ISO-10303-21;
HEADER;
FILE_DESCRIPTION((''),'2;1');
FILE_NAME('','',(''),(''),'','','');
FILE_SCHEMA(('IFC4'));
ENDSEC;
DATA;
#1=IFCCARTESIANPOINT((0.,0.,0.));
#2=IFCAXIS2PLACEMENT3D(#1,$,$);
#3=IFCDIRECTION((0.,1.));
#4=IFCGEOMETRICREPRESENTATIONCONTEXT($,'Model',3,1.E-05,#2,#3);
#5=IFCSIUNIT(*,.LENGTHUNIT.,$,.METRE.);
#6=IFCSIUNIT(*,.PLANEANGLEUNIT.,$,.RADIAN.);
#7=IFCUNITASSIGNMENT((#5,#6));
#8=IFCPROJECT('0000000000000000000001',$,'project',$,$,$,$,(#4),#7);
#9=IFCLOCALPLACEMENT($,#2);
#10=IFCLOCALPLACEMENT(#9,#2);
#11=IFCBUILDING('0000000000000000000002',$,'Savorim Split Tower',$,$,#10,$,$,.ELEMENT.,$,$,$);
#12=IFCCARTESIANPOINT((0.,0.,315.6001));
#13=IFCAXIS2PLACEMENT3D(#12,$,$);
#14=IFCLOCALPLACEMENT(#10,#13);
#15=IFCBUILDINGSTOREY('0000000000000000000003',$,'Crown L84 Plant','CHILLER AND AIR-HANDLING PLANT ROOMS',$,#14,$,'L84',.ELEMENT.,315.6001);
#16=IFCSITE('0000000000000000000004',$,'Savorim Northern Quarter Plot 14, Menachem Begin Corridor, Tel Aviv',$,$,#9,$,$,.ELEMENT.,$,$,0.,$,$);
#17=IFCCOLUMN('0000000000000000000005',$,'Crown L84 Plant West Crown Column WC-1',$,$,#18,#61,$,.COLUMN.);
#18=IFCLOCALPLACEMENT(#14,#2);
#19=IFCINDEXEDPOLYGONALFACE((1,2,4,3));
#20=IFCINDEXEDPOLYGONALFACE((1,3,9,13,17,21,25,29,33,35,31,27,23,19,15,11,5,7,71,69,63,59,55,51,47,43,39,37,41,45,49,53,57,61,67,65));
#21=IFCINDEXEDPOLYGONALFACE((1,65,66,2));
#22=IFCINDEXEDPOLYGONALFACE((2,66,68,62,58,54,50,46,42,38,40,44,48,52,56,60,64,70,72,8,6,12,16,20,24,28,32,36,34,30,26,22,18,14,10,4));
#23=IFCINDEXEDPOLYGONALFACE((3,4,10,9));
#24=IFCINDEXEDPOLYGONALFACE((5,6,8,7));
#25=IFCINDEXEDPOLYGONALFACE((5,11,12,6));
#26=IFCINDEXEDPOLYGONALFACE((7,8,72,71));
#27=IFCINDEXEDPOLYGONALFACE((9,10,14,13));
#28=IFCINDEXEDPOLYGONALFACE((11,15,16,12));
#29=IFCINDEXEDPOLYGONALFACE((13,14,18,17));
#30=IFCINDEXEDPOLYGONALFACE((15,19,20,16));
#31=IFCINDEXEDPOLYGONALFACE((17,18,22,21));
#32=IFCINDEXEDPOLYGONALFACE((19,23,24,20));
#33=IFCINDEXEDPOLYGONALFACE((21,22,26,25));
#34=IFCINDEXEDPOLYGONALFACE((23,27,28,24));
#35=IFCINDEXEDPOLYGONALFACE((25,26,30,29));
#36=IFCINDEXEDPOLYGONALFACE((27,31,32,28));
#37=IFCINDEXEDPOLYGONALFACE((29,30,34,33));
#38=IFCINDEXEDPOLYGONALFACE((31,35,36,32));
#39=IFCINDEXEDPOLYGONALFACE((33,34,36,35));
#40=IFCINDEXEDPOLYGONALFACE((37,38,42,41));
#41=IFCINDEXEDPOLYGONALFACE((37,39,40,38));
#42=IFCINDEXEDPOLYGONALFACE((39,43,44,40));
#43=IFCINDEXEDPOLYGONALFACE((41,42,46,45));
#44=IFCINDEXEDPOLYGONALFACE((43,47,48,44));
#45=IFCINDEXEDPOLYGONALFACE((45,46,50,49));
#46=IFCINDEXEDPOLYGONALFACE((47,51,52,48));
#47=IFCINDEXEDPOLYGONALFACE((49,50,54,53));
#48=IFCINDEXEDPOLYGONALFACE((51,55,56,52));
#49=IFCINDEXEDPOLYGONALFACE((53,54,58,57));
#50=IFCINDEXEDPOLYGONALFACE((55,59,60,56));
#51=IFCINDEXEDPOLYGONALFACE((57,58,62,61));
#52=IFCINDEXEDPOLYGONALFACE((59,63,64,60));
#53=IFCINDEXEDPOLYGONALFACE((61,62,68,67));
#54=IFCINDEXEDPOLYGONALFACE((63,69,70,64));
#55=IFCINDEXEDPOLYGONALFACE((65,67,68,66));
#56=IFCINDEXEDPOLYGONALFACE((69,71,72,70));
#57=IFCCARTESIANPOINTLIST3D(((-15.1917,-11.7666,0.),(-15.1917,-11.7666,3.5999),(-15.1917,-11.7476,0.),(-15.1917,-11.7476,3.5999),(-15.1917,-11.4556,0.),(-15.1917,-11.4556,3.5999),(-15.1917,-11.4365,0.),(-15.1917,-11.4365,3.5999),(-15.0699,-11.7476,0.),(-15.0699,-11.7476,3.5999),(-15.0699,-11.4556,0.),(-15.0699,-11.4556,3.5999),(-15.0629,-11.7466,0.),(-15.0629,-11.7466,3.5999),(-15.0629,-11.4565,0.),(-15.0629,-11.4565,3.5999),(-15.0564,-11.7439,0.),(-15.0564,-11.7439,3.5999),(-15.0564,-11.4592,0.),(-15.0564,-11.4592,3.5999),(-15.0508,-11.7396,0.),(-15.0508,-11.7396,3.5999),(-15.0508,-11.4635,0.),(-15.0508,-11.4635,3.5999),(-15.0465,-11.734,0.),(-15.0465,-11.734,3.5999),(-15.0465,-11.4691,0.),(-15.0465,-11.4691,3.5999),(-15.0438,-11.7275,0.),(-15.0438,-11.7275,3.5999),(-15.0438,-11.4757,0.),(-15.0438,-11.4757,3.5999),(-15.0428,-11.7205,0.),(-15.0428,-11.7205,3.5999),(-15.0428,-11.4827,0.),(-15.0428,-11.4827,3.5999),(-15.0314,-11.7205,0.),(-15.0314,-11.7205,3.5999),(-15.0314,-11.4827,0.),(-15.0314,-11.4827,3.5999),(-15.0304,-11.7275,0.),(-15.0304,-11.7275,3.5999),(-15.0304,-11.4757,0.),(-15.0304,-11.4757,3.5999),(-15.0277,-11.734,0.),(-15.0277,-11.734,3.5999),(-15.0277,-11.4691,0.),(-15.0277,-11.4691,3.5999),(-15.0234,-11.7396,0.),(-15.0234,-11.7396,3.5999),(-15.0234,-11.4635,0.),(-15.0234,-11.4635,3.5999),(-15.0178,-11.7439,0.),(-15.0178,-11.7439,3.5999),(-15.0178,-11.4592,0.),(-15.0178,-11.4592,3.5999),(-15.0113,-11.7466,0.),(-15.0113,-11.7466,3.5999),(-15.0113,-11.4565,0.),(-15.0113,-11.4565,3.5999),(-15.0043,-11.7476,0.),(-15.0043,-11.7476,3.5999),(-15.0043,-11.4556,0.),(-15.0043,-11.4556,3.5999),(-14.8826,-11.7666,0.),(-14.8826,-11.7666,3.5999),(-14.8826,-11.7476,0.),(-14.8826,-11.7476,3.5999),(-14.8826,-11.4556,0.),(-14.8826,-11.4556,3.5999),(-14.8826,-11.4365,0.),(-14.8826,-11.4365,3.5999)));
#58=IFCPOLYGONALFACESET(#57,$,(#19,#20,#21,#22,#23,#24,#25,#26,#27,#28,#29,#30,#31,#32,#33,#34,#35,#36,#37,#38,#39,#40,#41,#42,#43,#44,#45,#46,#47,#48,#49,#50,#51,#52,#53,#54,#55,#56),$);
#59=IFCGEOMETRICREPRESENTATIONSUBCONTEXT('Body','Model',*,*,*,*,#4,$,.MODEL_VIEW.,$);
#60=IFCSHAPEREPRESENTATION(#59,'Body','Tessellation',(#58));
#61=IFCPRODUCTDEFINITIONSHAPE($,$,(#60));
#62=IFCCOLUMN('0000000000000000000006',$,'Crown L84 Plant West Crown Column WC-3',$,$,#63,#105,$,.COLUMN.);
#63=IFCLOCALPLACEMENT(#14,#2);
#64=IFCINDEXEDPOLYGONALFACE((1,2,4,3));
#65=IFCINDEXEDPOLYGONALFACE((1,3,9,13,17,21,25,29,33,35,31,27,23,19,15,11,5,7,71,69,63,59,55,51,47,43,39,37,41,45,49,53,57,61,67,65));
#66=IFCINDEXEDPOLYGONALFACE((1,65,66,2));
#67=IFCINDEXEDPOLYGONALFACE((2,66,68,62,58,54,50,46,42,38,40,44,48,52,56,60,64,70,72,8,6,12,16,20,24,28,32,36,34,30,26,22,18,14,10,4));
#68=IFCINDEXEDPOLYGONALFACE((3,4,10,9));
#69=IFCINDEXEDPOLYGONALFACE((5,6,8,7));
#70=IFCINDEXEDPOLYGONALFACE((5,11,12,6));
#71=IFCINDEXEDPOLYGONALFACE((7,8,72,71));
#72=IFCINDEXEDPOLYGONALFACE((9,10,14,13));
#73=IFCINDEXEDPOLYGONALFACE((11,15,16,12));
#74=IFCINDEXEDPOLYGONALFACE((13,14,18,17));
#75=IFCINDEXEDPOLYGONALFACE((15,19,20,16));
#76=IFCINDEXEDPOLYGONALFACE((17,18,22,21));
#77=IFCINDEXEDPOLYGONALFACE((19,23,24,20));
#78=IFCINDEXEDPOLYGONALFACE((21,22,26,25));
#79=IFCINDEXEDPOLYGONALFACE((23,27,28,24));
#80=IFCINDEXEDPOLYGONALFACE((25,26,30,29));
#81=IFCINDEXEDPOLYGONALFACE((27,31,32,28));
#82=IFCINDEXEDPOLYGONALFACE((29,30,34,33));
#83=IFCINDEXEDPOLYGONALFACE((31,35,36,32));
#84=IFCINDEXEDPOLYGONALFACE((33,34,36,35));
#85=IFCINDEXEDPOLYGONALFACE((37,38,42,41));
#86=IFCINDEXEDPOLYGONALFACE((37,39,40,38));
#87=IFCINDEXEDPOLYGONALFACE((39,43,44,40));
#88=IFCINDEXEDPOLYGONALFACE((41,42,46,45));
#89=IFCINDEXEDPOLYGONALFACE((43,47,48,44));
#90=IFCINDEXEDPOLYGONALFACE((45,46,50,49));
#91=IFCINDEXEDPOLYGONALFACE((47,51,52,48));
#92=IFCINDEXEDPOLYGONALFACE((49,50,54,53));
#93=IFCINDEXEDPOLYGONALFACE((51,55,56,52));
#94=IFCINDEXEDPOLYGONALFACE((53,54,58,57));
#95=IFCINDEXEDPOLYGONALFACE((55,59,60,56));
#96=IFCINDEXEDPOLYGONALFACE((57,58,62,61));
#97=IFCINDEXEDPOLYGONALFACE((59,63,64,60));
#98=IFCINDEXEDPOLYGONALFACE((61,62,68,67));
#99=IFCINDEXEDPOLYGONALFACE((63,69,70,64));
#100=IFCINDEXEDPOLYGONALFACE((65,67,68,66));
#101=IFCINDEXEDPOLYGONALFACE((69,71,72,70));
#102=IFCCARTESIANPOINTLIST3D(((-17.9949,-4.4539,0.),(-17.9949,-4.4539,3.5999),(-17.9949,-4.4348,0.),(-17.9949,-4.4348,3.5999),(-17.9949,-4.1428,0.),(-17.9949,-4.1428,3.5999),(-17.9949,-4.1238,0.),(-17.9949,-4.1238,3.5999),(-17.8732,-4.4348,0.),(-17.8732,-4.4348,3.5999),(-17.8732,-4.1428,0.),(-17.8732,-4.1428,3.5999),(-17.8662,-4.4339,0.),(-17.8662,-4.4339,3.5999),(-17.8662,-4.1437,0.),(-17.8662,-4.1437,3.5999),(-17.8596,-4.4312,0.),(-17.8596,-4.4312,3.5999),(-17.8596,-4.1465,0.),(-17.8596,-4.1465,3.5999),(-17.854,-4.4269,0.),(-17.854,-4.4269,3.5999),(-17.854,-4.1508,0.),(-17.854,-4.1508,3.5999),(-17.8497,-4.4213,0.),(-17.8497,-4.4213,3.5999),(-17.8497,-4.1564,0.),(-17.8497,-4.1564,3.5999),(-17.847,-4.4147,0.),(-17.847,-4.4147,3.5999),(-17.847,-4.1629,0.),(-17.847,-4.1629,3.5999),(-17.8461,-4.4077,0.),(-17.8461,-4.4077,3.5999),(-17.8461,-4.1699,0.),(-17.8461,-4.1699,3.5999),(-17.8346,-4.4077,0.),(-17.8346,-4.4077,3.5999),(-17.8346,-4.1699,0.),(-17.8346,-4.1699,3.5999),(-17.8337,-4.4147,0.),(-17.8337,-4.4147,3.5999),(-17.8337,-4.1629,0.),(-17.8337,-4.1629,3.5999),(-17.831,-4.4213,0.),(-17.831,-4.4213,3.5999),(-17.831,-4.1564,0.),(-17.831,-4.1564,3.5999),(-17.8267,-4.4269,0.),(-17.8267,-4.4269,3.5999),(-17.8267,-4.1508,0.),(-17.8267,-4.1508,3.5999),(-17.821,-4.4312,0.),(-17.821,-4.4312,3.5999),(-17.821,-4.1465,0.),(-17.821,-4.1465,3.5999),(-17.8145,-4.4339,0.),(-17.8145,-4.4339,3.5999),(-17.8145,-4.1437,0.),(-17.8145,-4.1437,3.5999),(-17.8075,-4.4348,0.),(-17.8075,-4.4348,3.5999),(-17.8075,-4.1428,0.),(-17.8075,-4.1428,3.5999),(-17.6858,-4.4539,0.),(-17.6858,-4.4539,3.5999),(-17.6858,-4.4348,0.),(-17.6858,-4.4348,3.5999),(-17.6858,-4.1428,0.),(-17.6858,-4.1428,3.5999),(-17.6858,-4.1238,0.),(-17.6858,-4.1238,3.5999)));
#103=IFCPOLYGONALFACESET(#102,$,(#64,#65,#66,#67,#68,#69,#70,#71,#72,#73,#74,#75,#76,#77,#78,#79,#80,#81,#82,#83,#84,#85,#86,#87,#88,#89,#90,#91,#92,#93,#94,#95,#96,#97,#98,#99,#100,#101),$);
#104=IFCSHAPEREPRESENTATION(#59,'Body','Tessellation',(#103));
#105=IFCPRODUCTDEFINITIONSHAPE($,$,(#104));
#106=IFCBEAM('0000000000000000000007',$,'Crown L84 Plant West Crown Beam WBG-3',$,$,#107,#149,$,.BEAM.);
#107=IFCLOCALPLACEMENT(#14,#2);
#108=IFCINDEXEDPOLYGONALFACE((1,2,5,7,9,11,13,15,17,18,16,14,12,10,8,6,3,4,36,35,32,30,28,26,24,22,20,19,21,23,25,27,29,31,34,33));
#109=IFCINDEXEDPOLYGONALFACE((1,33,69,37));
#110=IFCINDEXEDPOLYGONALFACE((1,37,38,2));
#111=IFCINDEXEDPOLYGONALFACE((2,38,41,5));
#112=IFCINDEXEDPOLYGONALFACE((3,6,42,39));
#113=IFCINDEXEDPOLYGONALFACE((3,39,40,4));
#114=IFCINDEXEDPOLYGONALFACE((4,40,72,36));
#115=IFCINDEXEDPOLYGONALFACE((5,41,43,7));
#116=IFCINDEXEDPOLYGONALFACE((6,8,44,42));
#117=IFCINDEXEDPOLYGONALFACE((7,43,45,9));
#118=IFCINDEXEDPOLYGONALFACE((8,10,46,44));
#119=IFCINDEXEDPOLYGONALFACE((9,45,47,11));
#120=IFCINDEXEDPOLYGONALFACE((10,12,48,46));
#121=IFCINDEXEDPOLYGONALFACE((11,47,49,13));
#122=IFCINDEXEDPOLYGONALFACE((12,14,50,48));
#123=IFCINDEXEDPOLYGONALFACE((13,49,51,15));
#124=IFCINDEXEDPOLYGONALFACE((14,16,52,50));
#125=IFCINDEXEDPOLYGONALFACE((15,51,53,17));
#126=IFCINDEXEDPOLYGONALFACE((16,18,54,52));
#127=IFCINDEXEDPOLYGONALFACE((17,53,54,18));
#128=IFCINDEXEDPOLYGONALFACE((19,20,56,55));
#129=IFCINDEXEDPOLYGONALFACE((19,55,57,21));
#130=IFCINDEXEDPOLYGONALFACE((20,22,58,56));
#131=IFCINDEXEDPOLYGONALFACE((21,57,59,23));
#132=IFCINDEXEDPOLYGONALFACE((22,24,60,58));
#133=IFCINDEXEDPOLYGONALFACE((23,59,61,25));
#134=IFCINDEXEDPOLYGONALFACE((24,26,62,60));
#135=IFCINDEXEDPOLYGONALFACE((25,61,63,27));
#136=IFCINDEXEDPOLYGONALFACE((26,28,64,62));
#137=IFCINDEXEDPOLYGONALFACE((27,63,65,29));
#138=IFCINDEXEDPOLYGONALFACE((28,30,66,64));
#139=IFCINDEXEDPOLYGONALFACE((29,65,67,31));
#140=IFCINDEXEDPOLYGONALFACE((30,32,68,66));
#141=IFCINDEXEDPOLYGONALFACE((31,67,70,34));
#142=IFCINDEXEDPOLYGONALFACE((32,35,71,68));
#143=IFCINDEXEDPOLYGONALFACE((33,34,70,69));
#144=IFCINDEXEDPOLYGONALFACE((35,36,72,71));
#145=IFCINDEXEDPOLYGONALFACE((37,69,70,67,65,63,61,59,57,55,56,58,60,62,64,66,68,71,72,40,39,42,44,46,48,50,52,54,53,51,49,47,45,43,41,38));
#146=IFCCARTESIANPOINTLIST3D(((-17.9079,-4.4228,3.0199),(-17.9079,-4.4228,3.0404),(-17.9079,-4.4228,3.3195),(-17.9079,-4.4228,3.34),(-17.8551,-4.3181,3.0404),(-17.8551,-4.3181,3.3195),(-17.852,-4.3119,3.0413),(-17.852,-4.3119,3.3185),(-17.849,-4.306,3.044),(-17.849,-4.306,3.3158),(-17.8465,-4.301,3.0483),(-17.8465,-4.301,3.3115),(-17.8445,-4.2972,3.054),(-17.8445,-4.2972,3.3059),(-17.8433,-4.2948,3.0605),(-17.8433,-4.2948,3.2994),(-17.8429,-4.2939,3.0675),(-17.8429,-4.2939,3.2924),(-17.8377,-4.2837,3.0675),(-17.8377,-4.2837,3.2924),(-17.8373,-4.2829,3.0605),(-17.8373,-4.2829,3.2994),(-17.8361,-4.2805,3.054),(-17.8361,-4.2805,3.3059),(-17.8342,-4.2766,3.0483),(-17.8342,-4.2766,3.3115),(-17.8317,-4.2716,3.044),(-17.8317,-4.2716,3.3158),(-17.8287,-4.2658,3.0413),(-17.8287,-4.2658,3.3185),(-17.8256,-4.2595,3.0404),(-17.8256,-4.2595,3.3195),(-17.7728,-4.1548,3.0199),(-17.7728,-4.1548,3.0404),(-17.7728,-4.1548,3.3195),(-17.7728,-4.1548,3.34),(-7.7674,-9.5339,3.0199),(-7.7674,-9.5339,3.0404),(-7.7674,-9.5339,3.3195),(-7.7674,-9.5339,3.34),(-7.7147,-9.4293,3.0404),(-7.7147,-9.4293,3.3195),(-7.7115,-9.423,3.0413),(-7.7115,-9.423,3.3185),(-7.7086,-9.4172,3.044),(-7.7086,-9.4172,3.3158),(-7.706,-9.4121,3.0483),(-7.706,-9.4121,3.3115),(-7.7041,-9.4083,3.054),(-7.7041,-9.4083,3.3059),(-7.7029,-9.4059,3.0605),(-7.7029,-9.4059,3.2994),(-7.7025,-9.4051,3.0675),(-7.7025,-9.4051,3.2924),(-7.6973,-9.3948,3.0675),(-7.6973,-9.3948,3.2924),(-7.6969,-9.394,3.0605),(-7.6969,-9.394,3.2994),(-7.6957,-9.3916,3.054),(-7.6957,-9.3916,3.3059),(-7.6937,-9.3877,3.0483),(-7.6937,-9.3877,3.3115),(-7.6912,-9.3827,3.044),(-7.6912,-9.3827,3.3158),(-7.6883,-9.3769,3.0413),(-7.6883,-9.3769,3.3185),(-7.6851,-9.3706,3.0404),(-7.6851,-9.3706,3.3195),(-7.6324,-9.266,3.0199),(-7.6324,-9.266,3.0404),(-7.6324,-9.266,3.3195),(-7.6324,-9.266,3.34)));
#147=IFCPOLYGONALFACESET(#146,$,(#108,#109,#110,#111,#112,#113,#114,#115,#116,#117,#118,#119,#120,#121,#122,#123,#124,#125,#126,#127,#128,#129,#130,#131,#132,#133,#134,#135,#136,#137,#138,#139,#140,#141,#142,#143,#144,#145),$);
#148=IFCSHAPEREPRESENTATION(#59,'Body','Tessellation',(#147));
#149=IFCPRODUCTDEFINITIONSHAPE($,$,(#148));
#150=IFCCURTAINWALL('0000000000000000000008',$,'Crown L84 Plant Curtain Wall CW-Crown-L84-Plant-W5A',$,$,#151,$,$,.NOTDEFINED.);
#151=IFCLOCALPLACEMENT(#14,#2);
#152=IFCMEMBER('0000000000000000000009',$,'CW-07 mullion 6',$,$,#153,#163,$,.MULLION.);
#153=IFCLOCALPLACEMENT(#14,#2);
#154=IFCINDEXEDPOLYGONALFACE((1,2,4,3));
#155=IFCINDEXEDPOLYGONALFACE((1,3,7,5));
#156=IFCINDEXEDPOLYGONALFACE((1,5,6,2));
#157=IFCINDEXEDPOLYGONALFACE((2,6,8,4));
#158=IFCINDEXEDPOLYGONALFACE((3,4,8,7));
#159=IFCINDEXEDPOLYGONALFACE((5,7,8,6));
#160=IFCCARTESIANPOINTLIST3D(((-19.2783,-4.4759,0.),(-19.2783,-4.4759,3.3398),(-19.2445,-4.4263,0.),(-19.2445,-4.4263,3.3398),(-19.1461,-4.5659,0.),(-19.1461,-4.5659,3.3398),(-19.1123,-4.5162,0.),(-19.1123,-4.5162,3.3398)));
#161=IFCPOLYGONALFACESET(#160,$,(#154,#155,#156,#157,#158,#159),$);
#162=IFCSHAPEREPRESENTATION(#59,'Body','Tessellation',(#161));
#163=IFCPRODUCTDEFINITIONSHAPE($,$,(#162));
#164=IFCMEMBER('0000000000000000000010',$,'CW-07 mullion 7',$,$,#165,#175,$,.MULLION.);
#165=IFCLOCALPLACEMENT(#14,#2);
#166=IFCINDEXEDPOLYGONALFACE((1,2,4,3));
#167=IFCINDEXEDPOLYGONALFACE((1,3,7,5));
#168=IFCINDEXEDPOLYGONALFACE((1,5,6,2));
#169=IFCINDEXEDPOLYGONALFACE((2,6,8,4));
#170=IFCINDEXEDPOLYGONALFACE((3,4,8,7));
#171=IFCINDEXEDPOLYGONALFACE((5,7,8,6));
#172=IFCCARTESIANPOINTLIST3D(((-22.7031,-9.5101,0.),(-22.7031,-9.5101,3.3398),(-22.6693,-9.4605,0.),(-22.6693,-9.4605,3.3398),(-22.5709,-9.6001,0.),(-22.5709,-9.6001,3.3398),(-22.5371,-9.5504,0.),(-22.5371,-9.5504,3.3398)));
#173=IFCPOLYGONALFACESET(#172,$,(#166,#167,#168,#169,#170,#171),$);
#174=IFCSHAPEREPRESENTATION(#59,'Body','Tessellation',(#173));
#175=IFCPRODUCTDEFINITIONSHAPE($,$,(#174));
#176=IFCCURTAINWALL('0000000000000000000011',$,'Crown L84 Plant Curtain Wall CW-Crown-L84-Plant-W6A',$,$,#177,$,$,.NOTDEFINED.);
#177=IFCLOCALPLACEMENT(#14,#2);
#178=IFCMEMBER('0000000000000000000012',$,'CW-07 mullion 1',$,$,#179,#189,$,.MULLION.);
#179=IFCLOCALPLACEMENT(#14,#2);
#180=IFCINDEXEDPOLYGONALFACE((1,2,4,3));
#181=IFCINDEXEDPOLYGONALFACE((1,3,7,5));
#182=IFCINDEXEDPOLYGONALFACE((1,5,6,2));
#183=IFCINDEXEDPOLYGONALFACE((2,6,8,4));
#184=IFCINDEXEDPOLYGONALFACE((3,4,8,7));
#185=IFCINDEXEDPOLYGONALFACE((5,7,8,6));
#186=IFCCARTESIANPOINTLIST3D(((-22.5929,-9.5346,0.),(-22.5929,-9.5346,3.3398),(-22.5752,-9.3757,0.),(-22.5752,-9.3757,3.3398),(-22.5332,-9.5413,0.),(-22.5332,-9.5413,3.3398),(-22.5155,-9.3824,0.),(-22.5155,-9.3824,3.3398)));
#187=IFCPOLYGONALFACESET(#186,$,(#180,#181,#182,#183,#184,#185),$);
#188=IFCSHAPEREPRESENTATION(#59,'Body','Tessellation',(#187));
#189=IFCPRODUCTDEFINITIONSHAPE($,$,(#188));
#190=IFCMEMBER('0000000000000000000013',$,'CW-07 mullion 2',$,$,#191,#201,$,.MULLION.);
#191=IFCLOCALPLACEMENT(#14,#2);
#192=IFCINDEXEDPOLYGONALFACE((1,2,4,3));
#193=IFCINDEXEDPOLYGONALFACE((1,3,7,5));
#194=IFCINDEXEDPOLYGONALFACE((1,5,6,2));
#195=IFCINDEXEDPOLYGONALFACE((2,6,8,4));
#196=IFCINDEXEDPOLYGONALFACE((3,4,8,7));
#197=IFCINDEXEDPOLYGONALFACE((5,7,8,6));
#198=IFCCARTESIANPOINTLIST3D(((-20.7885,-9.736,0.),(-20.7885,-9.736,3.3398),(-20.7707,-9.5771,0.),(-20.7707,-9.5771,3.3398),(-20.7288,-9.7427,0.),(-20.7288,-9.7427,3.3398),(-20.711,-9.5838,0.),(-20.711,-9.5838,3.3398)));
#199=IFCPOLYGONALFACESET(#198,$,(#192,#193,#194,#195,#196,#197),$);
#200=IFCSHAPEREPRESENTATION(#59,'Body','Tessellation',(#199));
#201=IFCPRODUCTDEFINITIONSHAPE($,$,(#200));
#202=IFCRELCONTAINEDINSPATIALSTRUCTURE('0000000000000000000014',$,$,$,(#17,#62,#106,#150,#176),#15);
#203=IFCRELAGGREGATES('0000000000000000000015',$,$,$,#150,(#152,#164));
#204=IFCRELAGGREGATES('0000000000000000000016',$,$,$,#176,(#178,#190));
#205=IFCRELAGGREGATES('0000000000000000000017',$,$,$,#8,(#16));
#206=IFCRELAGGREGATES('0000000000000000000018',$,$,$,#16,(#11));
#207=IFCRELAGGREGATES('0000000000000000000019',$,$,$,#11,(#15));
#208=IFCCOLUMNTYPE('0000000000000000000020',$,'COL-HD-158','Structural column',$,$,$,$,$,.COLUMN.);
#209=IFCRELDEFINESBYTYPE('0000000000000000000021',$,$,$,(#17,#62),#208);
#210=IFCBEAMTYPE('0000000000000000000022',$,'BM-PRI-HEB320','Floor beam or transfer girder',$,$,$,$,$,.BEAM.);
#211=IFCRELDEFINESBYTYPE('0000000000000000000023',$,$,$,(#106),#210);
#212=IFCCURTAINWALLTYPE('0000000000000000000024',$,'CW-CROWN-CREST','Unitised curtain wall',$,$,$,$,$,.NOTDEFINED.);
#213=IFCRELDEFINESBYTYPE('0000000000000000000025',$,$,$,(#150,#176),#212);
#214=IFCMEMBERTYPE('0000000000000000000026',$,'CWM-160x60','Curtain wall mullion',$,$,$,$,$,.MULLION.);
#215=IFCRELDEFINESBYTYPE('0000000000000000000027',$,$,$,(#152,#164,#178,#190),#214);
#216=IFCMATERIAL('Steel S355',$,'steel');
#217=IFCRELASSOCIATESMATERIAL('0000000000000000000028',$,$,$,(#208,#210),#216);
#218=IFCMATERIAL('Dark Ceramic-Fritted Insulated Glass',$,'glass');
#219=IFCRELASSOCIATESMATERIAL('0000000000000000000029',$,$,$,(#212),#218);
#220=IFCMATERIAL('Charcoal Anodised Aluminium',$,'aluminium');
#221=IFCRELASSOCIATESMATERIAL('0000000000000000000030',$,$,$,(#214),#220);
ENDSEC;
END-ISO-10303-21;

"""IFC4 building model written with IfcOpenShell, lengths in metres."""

from ifc_helpers import new_model, si_unit, direction, frame, origin, origin_2d, place, context, subcontext, project, spatial, rectangle, i_section, extrude, material, material_profile, profile_set, type_object, element, aggregate, save


model = new_model("IFC4")

# Units and contexts
model_context = context("Model", 3, precision=1e-05, world=origin(), true_north=direction((0.0, 1.0)))
body_context = subcontext(model_context, "Body", "Model", "MODEL_VIEW")
ifc_project = project(units=[si_unit("LENGTHUNIT", "METRE"), si_unit("PLANEANGLEUNIT", "RADIAN")], contexts=[model_context])

# Site, building, storey
site_placement = place(None, origin())
site = spatial("IfcSite", under=ifc_project, at=site_placement, Name="Savorim Northern Quarter Plot 14, Menachem Begin Corridor, Tel Aviv", CompositionType="ELEMENT", RefElevation=0.0)
building_placement = place(site_placement, origin())
building = spatial("IfcBuilding", under=site, at=building_placement, Name="Savorim Split Tower", CompositionType="ELEMENT")
storey_placement = place(building_placement, frame((0.0, 0.0, 315.6001)))
storey = spatial("IfcBuildingStorey", under=building, at=storey_placement, Name="Crown L84 Plant", Description="CHILLER AND AIR-HANDLING PLANT ROOMS", LongName="L84", CompositionType="ELEMENT", Elevation=315.6001)

# Columns
ifc_material_1 = material(Name="Steel S355", Category="steel")
ifc_material_profile_1 = material_profile(ifc_material_1, i_section(OverallWidth=0.3091, OverallDepth=0.3301, WebThickness=0.0115, FlangeThickness=0.019, FilletRadius=0.0271, at=origin_2d()), Name="HD 320x158")
ifc_profile_set_1 = profile_set([ifc_material_profile_1], Name="Steel S355")
column_type = type_object("IfcColumnType", Name="COL-HD-158", Description="Structural column", PredefinedType="COLUMN", material=ifc_profile_set_1)
for number, where, z_axis, x_axis, name in (
    (1, (-15.0371, -11.6016, 0.0), (0.0, 0.0, 1.0), (1.0, 0.0, 0.0), "Crown L84 Plant West Crown Column WC-1"),
    (2, (-17.8403, -4.2888, 0.0), (0.0, 0.0, 1.0), (1.0, 0.0, 0.0), "Crown L84 Plant West Crown Column WC-3"),
):
    element("IfcColumn", number, at=place(storey_placement, frame(where, z_axis=z_axis, x_axis=x_axis)), inside=storey, type_object=column_type, Name=name, PredefinedType="COLUMN", context=body_context, shape_type="SweptSolid", body=[
        extrude(i_section(OverallWidth=0.3091, OverallDepth=0.3301, WebThickness=0.0115, FlangeThickness=0.019, FilletRadius=0.0271, at=origin_2d()), origin(), (0.0, 0.0, 1.0), 3.5999),
    ])

# Beam
ifc_material_profile_2 = material_profile(ifc_material_1, i_section(OverallWidth=0.3, OverallDepth=0.3201, WebThickness=0.0115, FlangeThickness=0.0205, FilletRadius=0.0271, at=origin_2d()), Name="HEB 320")
ifc_profile_set_2 = profile_set([ifc_material_profile_2], Name="Steel S355")
beam_type = type_object("IfcBeamType", Name="BM-PRI-HEB320", Description="Floor beam or transfer girder", PredefinedType="BEAM", material=ifc_profile_set_2)
beam_placement = place(storey_placement, frame((-17.8403, -4.2888, 3.1799), z_axis=(0.892982, -0.450092, 0.0), x_axis=(0.450092, 0.892982, 0.0)))
element("IfcBeam", 3, at=beam_placement, inside=storey, type_object=beam_type, Name="Crown L84 Plant West Crown Beam WBG-3", PredefinedType="BEAM", context=body_context, shape_type="SweptSolid", body=[
    extrude(i_section(OverallWidth=0.3, OverallDepth=0.3201, WebThickness=0.0115, FlangeThickness=0.0205, FilletRadius=0.0271, at=origin_2d()), origin(), (0.0, 0.0, 1.0), 11.3557),
])

# Curtain walls, members
ifc_material_2 = material(Name="Dark Ceramic-Fritted Insulated Glass", Category="glass")
curtain_wall_type = type_object("IfcCurtainWallType", Name="CW-CROWN-CREST", Description="Unitised curtain wall", PredefinedType="NOTDEFINED", material=ifc_material_2)
curtain_wall_1_placement = place(storey_placement, origin())
curtain_wall_1 = element("IfcCurtainWall", 4, at=curtain_wall_1_placement, inside=storey, type_object=curtain_wall_type, Name="Crown L84 Plant Curtain Wall CW-Crown-L84-Plant-W5A", PredefinedType="NOTDEFINED")
ifc_material_3 = material(Name="Charcoal Anodised Aluminium", Category="aluminium")
ifc_material_profile_3 = material_profile(ifc_material_3, rectangle(XDim=0.1599, YDim=0.0601, at=origin_2d()), Name="ALU-M 160x60")
ifc_profile_set_3 = profile_set([ifc_material_profile_3], Name="Charcoal Anodised Aluminium")
member_type_1 = type_object("IfcMemberType", Name="CWM-160x60", Description="Curtain wall mullion", PredefinedType="MULLION", material=ifc_profile_set_3)
member_1_placement = place(storey_placement, frame((-19.1953, -4.4961, 0.0), z_axis=(0.0, 0.0, 1.0), x_axis=(0.82682, -0.562467, 0.0)))
member_1 = element("IfcMember", 5, at=member_1_placement, type_object=member_type_1, Name="CW-07 mullion 6", PredefinedType="MULLION", context=body_context, shape_type="SweptSolid", body=[
    extrude(rectangle(XDim=0.1599, YDim=0.0601, at=origin_2d()), origin(), (0.0, 0.0, 1.0), 3.3398),
])
member_2_placement = place(storey_placement, frame((-22.6201, -9.5303, 0.0), z_axis=(0.0, 0.0, 1.0), x_axis=(0.82682, -0.562467, 0.0)))
member_2 = element("IfcMember", 6, at=member_2_placement, type_object=member_type_1, Name="CW-07 mullion 7", PredefinedType="MULLION", context=body_context, shape_type="SweptSolid", body=[
    extrude(rectangle(XDim=0.1599, YDim=0.0601, at=origin_2d()), origin(), (0.0, 0.0, 1.0), 3.3398),
])
curtain_wall_2_placement = place(storey_placement, origin())
curtain_wall_2 = element("IfcCurtainWall", 7, at=curtain_wall_2_placement, inside=storey, type_object=curtain_wall_type, Name="Crown L84 Plant Curtain Wall CW-Crown-L84-Plant-W6A", PredefinedType="NOTDEFINED")
member_3_placement = place(storey_placement, frame((-22.5542, -9.4585, 0.0), z_axis=(0.0, 0.0, 1.0), x_axis=(0.111011, 0.993819, 0.0)))
member_3 = element("IfcMember", 8, at=member_3_placement, type_object=member_type_1, Name="CW-07 mullion 1", PredefinedType="MULLION", context=body_context, shape_type="SweptSolid", body=[
    extrude(rectangle(XDim=0.1599, YDim=0.0601, at=origin_2d()), origin(), (0.0, 0.0, 1.0), 3.3398),
])
member_4_placement = place(storey_placement, frame((-20.7498, -9.6599, 0.0), z_axis=(0.0, 0.0, 1.0), x_axis=(0.111011, 0.993819, 0.0)))
member_4 = element("IfcMember", 9, at=member_4_placement, type_object=member_type_1, Name="CW-07 mullion 2", PredefinedType="MULLION", context=body_context, shape_type="SweptSolid", body=[
    extrude(rectangle(XDim=0.1599, YDim=0.0601, at=origin_2d()), origin(), (0.0, 0.0, 1.0), 3.3398),
])

aggregate(curtain_wall_1, [member_1, member_2])
aggregate(curtain_wall_2, [member_3, member_4])

save(model, "model.ifc")
